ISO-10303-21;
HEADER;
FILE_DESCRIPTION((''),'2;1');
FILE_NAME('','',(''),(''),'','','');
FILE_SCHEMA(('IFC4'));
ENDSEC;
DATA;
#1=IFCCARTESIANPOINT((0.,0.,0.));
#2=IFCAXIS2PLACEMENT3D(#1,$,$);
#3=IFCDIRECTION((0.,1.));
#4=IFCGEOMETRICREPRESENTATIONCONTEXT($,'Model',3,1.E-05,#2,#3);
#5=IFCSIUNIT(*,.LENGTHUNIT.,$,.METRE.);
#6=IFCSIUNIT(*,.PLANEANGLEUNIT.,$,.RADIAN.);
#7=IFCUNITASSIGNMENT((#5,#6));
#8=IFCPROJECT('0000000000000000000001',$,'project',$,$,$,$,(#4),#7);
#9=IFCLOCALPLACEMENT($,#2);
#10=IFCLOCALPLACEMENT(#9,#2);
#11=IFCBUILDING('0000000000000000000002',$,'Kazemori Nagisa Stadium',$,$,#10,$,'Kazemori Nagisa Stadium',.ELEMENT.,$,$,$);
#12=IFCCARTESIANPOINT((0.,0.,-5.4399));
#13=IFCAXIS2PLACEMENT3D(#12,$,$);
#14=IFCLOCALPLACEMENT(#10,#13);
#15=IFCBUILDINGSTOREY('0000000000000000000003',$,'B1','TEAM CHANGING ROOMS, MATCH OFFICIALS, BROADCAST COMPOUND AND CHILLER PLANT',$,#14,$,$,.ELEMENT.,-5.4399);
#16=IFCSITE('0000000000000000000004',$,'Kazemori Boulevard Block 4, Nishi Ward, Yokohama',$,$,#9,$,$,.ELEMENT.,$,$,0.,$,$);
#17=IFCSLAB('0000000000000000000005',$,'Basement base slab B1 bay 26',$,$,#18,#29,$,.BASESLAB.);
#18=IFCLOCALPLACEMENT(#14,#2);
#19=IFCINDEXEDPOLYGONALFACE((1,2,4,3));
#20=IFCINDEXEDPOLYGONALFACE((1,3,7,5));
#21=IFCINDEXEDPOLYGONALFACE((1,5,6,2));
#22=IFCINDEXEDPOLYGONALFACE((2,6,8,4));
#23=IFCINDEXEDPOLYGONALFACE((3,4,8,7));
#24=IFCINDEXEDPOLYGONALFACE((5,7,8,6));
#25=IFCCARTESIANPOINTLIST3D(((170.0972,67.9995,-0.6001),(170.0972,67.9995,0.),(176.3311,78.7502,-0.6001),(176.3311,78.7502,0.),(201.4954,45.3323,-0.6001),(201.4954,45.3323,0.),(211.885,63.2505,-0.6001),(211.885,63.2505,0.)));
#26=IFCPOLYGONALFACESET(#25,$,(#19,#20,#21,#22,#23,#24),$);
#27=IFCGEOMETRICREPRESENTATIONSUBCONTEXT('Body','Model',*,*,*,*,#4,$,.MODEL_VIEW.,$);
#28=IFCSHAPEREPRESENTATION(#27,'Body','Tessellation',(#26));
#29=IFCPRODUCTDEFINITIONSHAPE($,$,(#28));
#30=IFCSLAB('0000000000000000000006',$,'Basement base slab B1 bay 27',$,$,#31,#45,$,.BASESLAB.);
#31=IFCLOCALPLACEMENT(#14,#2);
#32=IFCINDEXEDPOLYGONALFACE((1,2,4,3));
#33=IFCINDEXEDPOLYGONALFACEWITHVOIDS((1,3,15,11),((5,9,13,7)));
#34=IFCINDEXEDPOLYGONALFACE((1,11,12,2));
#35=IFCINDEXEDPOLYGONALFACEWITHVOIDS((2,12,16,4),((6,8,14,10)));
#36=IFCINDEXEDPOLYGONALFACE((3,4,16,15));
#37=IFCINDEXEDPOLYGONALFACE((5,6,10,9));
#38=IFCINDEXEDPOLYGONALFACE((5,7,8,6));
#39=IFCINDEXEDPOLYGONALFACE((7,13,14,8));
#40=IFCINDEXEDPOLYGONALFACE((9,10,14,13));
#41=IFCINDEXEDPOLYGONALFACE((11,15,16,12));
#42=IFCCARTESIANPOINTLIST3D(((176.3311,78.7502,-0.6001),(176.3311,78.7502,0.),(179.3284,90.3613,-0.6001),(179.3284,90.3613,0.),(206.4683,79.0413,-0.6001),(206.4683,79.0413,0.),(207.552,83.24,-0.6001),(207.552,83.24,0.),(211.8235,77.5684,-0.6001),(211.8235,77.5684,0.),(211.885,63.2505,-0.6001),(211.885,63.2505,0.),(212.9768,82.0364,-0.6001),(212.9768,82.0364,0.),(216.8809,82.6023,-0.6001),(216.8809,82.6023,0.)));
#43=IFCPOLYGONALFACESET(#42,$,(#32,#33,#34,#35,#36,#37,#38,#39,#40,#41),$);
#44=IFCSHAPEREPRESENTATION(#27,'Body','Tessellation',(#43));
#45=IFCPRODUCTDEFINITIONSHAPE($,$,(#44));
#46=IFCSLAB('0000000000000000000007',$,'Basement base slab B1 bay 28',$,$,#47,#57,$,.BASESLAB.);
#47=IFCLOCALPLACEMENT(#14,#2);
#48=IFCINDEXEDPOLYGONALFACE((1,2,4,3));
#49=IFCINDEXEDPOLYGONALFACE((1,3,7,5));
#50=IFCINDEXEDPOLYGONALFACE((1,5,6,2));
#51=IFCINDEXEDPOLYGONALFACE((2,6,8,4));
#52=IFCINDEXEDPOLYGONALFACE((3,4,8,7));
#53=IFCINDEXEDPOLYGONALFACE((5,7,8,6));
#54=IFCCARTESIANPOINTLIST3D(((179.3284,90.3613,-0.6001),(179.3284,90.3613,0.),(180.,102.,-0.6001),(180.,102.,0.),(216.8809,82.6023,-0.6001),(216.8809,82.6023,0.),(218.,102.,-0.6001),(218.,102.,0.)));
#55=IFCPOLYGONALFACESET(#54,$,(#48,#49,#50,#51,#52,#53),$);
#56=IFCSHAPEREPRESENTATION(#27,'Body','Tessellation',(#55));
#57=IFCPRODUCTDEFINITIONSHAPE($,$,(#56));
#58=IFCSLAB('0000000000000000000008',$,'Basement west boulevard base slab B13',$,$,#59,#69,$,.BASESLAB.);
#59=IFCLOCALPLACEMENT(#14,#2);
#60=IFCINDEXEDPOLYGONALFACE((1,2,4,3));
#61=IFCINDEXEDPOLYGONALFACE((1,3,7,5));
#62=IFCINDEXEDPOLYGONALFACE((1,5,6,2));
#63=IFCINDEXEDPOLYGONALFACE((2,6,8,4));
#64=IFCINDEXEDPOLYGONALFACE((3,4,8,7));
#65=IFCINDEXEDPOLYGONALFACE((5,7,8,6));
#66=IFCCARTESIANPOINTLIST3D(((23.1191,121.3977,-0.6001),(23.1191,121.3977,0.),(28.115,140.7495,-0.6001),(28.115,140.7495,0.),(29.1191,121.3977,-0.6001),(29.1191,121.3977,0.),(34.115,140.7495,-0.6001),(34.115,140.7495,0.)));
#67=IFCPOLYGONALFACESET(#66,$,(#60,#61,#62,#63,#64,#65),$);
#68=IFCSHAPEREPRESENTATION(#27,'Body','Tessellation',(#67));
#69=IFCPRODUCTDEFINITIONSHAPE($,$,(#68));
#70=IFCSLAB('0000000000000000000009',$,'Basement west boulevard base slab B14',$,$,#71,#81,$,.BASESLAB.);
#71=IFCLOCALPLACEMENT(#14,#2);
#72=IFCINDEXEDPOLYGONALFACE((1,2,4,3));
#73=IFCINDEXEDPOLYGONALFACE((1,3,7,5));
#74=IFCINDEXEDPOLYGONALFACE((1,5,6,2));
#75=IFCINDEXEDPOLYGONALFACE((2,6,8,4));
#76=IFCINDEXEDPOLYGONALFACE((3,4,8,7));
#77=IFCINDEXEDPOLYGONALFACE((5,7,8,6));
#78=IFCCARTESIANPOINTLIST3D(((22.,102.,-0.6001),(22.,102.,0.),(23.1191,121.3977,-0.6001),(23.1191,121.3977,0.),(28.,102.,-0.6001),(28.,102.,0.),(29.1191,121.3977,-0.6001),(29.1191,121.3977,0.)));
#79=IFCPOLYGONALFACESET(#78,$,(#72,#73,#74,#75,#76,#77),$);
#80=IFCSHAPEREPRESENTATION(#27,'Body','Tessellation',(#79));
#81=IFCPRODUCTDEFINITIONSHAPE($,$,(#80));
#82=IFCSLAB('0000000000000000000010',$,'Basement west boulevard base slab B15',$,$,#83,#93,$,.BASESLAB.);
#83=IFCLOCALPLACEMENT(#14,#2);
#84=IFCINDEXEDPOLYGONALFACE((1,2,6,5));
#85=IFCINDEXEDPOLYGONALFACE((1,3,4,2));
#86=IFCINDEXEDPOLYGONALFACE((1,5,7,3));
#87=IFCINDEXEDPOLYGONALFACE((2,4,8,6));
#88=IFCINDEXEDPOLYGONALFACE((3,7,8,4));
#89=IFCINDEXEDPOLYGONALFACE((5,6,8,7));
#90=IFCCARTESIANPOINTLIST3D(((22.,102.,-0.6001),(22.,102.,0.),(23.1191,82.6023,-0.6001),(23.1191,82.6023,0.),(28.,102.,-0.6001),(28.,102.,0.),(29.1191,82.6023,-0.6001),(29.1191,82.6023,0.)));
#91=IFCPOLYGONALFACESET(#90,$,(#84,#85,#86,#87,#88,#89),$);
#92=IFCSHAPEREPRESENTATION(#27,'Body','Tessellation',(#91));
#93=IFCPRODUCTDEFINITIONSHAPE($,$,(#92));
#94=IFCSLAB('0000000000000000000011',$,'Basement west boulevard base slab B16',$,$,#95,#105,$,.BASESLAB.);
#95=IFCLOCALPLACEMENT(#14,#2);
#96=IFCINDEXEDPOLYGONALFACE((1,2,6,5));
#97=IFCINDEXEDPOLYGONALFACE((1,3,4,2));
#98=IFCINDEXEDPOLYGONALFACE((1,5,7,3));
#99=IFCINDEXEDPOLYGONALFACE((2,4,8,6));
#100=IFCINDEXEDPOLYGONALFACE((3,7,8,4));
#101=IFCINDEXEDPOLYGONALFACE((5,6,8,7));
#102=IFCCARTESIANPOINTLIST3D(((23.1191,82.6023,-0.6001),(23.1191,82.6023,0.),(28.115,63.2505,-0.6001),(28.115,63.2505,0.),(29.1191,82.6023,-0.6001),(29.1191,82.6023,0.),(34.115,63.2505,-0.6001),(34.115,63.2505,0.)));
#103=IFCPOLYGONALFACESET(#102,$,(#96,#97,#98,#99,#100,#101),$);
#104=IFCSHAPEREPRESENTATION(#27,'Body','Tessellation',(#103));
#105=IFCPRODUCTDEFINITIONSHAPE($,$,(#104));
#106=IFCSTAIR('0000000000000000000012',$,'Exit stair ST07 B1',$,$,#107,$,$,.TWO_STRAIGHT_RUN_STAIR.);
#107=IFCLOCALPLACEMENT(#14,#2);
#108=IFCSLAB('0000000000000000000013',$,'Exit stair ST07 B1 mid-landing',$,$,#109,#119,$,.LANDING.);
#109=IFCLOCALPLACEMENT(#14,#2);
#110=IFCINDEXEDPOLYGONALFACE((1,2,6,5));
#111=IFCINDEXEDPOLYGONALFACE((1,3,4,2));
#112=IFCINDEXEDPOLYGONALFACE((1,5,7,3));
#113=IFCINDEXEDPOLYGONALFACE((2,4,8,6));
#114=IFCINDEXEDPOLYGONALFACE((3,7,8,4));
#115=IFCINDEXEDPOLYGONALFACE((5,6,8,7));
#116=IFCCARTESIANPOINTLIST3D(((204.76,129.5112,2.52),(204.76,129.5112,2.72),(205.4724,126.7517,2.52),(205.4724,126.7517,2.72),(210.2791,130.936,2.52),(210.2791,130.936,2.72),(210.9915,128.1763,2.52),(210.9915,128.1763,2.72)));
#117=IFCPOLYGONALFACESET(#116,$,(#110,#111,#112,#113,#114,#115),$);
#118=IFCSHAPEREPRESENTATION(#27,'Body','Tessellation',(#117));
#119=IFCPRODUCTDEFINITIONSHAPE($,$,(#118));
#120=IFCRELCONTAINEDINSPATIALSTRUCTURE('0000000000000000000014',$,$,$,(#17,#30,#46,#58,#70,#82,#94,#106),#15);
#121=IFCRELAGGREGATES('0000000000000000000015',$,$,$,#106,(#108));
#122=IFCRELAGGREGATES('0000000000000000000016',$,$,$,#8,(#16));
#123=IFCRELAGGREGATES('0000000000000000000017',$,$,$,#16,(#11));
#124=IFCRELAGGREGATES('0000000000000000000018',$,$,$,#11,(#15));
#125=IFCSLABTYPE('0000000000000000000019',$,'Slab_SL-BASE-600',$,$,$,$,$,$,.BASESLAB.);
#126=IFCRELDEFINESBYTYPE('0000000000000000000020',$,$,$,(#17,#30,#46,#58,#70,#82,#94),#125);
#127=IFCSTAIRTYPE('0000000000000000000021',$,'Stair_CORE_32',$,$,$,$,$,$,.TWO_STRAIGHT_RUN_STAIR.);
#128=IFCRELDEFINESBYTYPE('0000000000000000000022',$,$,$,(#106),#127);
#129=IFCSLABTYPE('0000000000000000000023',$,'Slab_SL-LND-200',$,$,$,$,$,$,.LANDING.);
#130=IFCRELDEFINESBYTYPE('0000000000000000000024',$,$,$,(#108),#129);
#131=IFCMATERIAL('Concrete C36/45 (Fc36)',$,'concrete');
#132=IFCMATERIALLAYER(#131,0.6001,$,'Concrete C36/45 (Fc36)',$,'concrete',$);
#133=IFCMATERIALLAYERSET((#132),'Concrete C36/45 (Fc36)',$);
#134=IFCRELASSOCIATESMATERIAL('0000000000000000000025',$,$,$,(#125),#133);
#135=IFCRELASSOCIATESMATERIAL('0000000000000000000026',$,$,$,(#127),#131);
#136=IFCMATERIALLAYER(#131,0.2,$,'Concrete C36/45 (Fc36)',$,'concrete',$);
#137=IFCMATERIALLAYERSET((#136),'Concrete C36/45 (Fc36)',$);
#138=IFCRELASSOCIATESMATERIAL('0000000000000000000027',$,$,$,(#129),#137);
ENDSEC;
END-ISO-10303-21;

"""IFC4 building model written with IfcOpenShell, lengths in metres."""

from ifc_helpers import new_model, si_unit, direction, frame, origin, place, context, subcontext, project, spatial, polyline, outline, extrude, material, layer, layer_set, type_object, element, aggregate, save


model = new_model("IFC4")

# Units and contexts
model_context = context("Model", 3, precision=1e-05, world=origin(), true_north=direction((0.0, 1.0)))
body_context = subcontext(model_context, "Body", "Model", "MODEL_VIEW")
ifc_project = project(units=[si_unit("LENGTHUNIT", "METRE"), si_unit("PLANEANGLEUNIT", "RADIAN")], contexts=[model_context])

# Site, building, storey
site_placement = place(None, origin())
site = spatial("IfcSite", under=ifc_project, at=site_placement, Name="Kazemori Boulevard Block 4, Nishi Ward, Yokohama", CompositionType="ELEMENT", RefElevation=0.0)
building_placement = place(site_placement, origin())
building = spatial("IfcBuilding", under=site, at=building_placement, Name="Kazemori Nagisa Stadium", LongName="Kazemori Nagisa Stadium", CompositionType="ELEMENT")
storey_placement = place(building_placement, frame((0.0, 0.0, -5.4399)))
storey = spatial("IfcBuildingStorey", under=building, at=storey_placement, Name="B1", Description="TEAM CHANGING ROOMS, MATCH OFFICIALS, BROADCAST COMPOUND AND CHILLER PLANT", CompositionType="ELEMENT", Elevation=-5.4399)

# Slabs
ifc_material = material(Name="Concrete C36/45 (Fc36)", Category="concrete")
ifc_layer_1 = layer(ifc_material, 0.6001, Name="Concrete C36/45 (Fc36)", Category="concrete")
ifc_layer_set_1 = layer_set([ifc_layer_1], Name="Concrete C36/45 (Fc36)")
slab_type_1 = type_object("IfcSlabType", Name="Slab_SL-BASE-600", PredefinedType="BASESLAB", material=ifc_layer_set_1)
slab_1_placement = place(storey_placement, frame((0.0, 0.0, -0.6001)))
element("IfcSlab", 1, at=slab_1_placement, inside=storey, type_object=slab_type_1, Name="Basement base slab B1 bay 26", PredefinedType="BASESLAB", context=body_context, shape_type="SweptSolid", body=[
    extrude(outline(polyline([(170.0972, 67.9995), (176.3311, 78.7502), (211.885, 63.2505), (201.4954, 45.3323), (170.0972, 67.9995)])), origin(), (0.0, 0.0, 1.0), 0.6001),
])
slab_2_placement = place(storey_placement, frame((0.0, 0.0, -0.6001)))
element("IfcSlab", 2, at=slab_2_placement, inside=storey, type_object=slab_type_1, Name="Basement base slab B1 bay 27", PredefinedType="BASESLAB", context=body_context, shape_type="SweptSolid", body=[
    extrude(outline(polyline([(176.3311, 78.7502), (179.3284, 90.3613), (216.8809, 82.6023), (211.885, 63.2505), (176.3311, 78.7502)]), holes=[polyline([(206.4683, 79.0413), (207.552, 83.24), (212.9768, 82.0364), (211.8235, 77.5684), (206.4683, 79.0413)])]), origin(), (0.0, 0.0, 1.0), 0.6001),
])
slab_3_placement = place(storey_placement, frame((0.0, 0.0, -0.6001)))
element("IfcSlab", 3, at=slab_3_placement, inside=storey, type_object=slab_type_1, Name="Basement base slab B1 bay 28", PredefinedType="BASESLAB", context=body_context, shape_type="SweptSolid", body=[
    extrude(outline(polyline([(179.3284, 90.3613), (180.0, 102.0), (218.0, 102.0), (216.8809, 82.6023), (179.3284, 90.3613)])), origin(), (0.0, 0.0, 1.0), 0.6001),
])
slab_4_placement = place(storey_placement, frame((0.0, 0.0, -0.6001)))
element("IfcSlab", 4, at=slab_4_placement, inside=storey, type_object=slab_type_1, Name="Basement west boulevard base slab B13", PredefinedType="BASESLAB", context=body_context, shape_type="SweptSolid", body=[
    extrude(outline(polyline([(34.115, 140.7495), (29.1191, 121.3977), (23.1191, 121.3977), (28.115, 140.7495), (34.115, 140.7495)])), origin(), (0.0, 0.0, 1.0), 0.6001),
])
slab_5_placement = place(storey_placement, frame((0.0, 0.0, -0.6001)))
element("IfcSlab", 5, at=slab_5_placement, inside=storey, type_object=slab_type_1, Name="Basement west boulevard base slab B14", PredefinedType="BASESLAB", context=body_context, shape_type="SweptSolid", body=[
    extrude(outline(polyline([(29.1191, 121.3977), (28.0, 102.0), (22.0, 102.0), (23.1191, 121.3977), (29.1191, 121.3977)])), origin(), (0.0, 0.0, 1.0), 0.6001),
])
slab_6_placement = place(storey_placement, frame((0.0, 0.0, -0.6001)))
element("IfcSlab", 6, at=slab_6_placement, inside=storey, type_object=slab_type_1, Name="Basement west boulevard base slab B15", PredefinedType="BASESLAB", context=body_context, shape_type="SweptSolid", body=[
    extrude(outline(polyline([(28.0, 102.0), (29.1191, 82.6023), (23.1191, 82.6023), (22.0, 102.0), (28.0, 102.0)])), origin(), (0.0, 0.0, 1.0), 0.6001),
])
slab_7_placement = place(storey_placement, frame((0.0, 0.0, -0.6001)))
element("IfcSlab", 7, at=slab_7_placement, inside=storey, type_object=slab_type_1, Name="Basement west boulevard base slab B16", PredefinedType="BASESLAB", context=body_context, shape_type="SweptSolid", body=[
    extrude(outline(polyline([(29.1191, 82.6023), (34.115, 63.2505), (28.115, 63.2505), (23.1191, 82.6023), (29.1191, 82.6023)])), origin(), (0.0, 0.0, 1.0), 0.6001),
])

# Stair, slab
stair_type = type_object("IfcStairType", Name="Stair_CORE_32", PredefinedType="TWO_STRAIGHT_RUN_STAIR", material=ifc_material)
stair_placement = place(storey_placement, origin())
stair = element("IfcStair", 8, at=stair_placement, inside=storey, type_object=stair_type, Name="Exit stair ST07 B1", PredefinedType="TWO_STRAIGHT_RUN_STAIR")
ifc_layer_2 = layer(ifc_material, 0.2, Name="Concrete C36/45 (Fc36)", Category="concrete")
ifc_layer_set_2 = layer_set([ifc_layer_2], Name="Concrete C36/45 (Fc36)")
slab_type_2 = type_object("IfcSlabType", Name="Slab_SL-LND-200", PredefinedType="LANDING", material=ifc_layer_set_2)
slab_8_placement = place(storey_placement, frame((0.0, 0.0, 2.52)))
slab_8 = element("IfcSlab", 9, at=slab_8_placement, type_object=slab_type_2, Name="Exit stair ST07 B1 mid-landing", PredefinedType="LANDING", context=body_context, shape_type="SweptSolid", body=[
    extrude(outline(polyline([(205.4724, 126.7517), (204.76, 129.5112), (210.2791, 130.936), (210.9915, 128.1763), (205.4724, 126.7517)])), origin(), (0.0, 0.0, 1.0), 0.2),
])
aggregate(stair, [slab_8])

save(model, "model.ifc")
